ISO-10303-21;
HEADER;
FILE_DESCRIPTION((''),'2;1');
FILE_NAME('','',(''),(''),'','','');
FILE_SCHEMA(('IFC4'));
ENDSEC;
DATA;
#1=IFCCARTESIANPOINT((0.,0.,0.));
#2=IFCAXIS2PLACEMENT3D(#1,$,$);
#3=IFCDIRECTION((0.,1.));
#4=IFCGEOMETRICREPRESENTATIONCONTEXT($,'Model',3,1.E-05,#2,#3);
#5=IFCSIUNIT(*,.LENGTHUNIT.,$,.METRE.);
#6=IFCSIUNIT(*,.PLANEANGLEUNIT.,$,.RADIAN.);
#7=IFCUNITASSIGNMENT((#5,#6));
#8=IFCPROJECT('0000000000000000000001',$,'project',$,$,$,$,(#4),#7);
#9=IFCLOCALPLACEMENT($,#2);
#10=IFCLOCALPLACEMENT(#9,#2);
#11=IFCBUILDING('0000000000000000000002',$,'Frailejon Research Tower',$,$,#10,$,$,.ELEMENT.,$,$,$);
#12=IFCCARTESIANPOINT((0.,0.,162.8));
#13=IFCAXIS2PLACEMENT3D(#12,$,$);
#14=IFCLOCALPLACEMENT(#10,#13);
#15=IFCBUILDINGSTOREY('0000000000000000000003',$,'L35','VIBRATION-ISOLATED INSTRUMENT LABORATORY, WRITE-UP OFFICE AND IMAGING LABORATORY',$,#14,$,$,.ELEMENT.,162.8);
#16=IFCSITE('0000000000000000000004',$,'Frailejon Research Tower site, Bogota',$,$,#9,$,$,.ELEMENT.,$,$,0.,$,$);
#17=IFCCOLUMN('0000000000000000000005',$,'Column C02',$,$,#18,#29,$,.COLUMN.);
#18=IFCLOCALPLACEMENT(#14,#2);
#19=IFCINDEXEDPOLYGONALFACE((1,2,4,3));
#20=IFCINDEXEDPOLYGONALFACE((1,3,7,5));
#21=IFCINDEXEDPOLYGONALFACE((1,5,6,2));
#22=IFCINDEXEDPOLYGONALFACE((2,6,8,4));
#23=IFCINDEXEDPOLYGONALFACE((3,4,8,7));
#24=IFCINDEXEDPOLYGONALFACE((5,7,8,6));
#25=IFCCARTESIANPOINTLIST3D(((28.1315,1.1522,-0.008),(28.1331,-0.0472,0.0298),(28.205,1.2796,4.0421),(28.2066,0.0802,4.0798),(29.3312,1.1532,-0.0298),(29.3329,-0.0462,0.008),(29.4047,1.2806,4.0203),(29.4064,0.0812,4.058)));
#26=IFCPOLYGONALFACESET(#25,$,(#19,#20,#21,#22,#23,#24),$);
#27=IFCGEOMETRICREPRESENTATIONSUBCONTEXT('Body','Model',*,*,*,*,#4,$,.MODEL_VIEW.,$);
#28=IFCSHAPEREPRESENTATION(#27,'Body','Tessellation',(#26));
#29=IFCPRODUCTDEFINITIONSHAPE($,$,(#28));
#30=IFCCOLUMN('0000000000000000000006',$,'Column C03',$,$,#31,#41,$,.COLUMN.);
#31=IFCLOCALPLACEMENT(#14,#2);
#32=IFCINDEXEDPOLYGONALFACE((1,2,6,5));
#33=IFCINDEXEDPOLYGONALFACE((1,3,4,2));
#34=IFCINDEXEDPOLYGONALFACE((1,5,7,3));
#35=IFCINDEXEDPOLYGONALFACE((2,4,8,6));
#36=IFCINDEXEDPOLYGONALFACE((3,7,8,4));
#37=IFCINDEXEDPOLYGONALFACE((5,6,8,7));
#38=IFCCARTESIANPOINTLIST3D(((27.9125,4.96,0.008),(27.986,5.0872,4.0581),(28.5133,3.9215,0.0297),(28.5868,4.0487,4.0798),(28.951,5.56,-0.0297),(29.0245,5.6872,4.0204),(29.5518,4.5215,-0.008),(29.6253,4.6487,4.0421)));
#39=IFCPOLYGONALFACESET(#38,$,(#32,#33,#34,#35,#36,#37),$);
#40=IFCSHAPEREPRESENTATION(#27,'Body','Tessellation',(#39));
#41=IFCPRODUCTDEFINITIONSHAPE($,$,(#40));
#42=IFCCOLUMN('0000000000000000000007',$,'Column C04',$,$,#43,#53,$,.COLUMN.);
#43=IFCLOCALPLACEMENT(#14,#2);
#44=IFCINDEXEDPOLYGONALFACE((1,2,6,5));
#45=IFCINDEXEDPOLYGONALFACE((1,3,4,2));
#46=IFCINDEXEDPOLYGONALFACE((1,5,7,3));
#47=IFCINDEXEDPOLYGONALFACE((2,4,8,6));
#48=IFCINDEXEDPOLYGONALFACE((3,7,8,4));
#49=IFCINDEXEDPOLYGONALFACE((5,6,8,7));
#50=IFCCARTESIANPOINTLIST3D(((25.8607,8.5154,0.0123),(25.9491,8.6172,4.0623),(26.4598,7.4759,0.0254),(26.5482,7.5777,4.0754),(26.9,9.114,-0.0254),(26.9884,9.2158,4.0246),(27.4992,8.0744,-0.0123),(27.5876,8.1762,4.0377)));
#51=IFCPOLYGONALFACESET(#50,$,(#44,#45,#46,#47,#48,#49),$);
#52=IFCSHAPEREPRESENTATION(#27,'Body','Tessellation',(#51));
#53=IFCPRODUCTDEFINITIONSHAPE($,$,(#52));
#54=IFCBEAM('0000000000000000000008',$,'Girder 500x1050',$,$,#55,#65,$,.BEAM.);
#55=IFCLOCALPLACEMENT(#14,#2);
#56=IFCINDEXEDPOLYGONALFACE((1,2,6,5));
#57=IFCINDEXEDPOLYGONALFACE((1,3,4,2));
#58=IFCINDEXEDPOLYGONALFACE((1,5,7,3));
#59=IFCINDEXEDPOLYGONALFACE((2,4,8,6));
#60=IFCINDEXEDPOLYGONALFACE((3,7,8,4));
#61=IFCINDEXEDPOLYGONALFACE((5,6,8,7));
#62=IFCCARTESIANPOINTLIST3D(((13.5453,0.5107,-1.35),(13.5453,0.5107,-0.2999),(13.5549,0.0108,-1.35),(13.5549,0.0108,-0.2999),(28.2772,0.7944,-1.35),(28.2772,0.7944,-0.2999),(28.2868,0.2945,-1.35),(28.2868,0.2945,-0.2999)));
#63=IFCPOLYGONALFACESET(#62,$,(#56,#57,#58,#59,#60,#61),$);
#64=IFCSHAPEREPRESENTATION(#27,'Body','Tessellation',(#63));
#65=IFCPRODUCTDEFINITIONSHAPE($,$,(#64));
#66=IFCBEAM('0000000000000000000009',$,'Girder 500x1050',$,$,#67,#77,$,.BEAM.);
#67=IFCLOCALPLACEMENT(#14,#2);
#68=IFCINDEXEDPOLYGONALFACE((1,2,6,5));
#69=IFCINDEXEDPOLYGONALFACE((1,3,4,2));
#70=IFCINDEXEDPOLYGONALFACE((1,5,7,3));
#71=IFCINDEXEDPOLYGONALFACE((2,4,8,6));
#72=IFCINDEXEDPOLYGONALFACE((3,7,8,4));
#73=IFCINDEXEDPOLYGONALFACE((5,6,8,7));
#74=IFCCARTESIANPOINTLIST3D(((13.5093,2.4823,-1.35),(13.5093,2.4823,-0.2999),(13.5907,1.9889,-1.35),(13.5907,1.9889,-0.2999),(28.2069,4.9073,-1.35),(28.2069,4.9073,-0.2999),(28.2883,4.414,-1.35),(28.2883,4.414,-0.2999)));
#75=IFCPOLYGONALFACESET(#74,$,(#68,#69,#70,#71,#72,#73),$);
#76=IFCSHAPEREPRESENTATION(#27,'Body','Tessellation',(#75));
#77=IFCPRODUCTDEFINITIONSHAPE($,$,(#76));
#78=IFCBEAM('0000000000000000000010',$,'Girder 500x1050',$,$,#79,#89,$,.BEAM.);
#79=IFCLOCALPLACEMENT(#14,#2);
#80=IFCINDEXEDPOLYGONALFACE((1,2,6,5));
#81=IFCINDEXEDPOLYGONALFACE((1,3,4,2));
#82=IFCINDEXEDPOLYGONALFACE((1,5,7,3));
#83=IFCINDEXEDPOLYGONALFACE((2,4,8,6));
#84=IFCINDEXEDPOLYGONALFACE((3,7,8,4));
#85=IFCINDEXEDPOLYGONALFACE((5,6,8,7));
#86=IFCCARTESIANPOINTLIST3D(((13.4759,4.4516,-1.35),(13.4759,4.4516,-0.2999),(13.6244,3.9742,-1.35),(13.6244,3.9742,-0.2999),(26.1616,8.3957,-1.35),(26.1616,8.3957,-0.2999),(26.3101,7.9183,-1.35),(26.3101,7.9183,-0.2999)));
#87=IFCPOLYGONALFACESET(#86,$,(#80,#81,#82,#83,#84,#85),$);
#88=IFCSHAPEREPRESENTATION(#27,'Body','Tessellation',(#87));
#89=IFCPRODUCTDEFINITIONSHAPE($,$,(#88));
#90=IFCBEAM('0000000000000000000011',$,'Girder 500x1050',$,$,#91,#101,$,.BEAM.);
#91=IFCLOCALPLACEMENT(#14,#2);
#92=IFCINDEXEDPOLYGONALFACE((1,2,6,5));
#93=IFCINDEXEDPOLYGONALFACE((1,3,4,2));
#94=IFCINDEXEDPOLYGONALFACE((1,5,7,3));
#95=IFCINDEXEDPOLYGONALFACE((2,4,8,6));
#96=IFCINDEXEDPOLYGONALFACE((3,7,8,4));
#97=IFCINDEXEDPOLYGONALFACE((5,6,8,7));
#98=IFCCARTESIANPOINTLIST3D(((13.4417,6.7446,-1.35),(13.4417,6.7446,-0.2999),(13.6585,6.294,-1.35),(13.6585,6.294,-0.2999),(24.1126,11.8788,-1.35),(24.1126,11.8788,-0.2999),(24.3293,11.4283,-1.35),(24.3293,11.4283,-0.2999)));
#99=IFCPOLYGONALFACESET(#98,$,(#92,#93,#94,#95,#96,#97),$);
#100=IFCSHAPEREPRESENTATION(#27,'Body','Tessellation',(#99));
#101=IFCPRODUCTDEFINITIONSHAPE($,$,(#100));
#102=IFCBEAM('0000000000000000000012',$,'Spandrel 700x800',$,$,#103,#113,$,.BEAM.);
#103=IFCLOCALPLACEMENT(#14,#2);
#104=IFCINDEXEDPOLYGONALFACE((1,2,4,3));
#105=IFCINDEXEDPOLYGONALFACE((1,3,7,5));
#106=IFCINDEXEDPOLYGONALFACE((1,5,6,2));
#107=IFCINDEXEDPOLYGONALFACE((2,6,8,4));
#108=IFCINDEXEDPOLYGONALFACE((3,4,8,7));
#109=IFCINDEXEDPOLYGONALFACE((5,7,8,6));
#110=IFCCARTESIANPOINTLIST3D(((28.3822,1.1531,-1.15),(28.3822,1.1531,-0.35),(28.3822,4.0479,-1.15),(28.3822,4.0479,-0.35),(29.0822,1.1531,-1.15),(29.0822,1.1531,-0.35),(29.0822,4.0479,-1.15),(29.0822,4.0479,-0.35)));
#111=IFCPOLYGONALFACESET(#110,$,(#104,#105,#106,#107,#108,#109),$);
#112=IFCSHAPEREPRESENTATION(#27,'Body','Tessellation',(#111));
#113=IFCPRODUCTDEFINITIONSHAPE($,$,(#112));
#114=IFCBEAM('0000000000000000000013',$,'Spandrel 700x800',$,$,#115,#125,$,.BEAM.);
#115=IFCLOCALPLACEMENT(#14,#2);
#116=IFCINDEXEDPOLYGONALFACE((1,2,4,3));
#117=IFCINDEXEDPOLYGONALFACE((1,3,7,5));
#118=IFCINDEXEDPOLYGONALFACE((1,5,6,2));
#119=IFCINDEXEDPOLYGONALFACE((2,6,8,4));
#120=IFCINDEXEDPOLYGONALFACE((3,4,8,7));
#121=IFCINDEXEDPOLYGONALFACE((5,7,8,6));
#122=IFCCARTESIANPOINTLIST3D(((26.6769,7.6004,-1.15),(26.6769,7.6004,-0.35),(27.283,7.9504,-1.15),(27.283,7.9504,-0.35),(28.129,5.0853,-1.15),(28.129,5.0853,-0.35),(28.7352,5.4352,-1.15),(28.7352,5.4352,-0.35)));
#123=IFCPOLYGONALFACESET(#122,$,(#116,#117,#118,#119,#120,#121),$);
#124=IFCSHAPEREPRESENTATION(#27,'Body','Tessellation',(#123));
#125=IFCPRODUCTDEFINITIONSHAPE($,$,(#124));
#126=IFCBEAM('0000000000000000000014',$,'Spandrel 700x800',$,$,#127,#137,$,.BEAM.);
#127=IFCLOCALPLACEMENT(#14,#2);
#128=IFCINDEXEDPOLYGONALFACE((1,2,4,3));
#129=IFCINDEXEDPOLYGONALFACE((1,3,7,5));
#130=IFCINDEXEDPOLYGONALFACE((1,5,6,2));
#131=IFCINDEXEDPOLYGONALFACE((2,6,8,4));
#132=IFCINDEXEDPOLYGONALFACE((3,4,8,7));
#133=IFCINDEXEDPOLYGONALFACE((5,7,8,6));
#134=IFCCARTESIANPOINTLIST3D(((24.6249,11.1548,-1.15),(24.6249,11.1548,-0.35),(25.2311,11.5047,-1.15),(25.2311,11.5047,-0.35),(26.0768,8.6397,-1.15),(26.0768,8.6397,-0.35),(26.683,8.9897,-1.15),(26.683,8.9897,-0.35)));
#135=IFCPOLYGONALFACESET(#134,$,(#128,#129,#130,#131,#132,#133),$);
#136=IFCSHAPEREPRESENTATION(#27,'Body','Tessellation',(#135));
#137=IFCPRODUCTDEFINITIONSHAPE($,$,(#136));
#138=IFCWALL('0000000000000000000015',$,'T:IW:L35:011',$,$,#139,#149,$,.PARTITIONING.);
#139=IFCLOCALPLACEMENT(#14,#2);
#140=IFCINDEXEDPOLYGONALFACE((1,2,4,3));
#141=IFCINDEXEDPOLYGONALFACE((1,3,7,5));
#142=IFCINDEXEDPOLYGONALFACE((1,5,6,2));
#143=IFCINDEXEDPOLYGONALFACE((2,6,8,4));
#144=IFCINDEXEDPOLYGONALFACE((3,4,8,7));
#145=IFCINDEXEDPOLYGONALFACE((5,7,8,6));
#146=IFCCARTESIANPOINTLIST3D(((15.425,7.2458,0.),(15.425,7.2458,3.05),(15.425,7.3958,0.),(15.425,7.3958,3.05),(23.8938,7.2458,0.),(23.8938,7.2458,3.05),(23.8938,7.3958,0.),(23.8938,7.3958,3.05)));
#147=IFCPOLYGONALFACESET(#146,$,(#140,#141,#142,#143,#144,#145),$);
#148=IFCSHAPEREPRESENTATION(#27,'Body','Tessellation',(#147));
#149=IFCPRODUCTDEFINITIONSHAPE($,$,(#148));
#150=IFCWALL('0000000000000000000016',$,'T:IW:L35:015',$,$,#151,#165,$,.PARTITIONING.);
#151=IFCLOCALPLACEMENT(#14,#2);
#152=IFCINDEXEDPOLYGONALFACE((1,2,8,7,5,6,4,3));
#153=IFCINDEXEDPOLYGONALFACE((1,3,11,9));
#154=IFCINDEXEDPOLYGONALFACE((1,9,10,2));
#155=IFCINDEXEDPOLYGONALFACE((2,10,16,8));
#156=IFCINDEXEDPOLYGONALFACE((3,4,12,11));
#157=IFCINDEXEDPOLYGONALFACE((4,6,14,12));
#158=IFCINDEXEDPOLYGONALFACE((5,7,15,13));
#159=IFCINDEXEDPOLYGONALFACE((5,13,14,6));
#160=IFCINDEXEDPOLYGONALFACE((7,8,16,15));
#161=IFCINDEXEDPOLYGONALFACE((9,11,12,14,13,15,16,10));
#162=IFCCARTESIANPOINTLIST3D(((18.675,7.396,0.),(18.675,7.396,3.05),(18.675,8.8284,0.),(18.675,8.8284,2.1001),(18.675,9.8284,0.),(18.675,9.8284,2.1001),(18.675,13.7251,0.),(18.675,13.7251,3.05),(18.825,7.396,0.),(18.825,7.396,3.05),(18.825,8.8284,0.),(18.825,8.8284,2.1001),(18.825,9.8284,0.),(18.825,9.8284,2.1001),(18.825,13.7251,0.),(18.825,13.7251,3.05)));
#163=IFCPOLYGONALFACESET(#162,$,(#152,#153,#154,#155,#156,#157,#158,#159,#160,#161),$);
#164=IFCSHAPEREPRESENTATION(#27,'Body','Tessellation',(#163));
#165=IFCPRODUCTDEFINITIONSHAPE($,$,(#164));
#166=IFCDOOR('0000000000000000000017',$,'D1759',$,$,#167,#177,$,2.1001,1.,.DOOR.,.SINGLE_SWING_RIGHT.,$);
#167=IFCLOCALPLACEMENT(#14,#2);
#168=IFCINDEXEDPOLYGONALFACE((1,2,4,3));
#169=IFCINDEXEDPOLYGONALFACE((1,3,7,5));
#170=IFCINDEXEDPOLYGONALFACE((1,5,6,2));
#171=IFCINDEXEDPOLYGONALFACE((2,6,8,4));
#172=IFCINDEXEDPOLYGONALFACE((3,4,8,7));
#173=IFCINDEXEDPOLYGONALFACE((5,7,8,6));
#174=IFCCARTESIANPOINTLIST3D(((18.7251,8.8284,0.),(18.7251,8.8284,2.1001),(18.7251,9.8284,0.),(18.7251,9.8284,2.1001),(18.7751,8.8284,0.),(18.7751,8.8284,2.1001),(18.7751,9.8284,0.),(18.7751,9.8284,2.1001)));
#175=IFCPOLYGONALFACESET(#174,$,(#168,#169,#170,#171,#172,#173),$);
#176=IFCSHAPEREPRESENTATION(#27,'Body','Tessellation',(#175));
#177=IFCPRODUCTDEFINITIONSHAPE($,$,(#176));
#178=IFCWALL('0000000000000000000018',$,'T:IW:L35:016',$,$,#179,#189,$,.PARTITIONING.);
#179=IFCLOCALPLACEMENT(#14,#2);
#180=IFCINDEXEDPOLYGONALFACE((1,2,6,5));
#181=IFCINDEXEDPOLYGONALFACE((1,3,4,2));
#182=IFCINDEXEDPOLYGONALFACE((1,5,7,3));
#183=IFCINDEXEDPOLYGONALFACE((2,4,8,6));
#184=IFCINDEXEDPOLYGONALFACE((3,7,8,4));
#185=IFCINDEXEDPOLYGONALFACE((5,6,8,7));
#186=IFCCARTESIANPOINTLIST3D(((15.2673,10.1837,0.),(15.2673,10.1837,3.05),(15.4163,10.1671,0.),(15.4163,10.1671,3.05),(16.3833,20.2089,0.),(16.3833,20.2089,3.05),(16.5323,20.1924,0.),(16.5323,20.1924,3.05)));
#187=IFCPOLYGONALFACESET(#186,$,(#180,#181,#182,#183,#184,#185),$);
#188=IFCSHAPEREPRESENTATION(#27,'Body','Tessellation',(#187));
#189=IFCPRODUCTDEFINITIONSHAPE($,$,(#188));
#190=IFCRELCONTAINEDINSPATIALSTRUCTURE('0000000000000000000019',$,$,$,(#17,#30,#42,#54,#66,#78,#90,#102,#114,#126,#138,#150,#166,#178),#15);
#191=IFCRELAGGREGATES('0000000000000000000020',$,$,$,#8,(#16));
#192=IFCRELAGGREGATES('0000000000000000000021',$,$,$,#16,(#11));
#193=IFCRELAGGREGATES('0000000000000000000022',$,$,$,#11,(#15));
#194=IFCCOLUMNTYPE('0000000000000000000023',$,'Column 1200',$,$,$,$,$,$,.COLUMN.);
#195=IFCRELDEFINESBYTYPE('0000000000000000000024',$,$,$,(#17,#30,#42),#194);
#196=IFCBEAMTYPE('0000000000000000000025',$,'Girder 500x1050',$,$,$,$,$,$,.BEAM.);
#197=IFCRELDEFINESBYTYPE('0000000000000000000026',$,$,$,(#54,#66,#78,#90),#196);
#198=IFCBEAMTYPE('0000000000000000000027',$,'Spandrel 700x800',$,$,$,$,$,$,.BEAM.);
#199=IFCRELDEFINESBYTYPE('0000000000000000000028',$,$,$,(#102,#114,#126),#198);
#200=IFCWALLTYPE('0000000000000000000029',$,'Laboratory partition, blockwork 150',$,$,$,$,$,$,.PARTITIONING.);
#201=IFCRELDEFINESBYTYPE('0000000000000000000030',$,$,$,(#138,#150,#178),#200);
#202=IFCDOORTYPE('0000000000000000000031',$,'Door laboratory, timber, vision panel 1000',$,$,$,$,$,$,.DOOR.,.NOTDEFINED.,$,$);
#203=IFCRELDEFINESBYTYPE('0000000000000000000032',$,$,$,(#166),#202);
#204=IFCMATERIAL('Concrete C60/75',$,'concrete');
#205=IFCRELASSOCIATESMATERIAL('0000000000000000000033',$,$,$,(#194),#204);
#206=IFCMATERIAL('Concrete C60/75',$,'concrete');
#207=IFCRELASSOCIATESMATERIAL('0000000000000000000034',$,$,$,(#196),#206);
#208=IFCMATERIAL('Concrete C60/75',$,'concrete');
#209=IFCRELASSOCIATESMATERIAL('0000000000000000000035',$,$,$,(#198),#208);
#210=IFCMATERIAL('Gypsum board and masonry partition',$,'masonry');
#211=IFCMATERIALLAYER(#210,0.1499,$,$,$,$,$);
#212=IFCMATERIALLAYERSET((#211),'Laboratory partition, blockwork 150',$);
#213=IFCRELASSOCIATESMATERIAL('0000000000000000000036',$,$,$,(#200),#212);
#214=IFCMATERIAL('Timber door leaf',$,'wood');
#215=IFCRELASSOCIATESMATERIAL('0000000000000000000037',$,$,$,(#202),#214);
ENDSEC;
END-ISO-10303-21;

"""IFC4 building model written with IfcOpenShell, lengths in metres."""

from ifc_helpers import new_model, si_unit, direction, frame, frame_2d, origin, origin_2d, place, context, subcontext, project, spatial, rectangle, extrude, material, layer, layer_set, material_profile, profile_set, type_object, element, fill, save


model = new_model("IFC4")

# Units and contexts
model_context = context("Model", 3, precision=1e-05, world=origin(), true_north=direction((0.0, 1.0)))
body_context = subcontext(model_context, "Body", "Model", "MODEL_VIEW")
ifc_project = project(units=[si_unit("LENGTHUNIT", "METRE"), si_unit("PLANEANGLEUNIT", "RADIAN")], contexts=[model_context])

# Site, building, storey
site_placement = place(None, origin())
site = spatial("IfcSite", under=ifc_project, at=site_placement, Name="Frailejon Research Tower site, Bogota", CompositionType="ELEMENT", RefElevation=0.0)
building_placement = place(site_placement, origin())
building = spatial("IfcBuilding", under=site, at=building_placement, Name="Frailejon Research Tower", CompositionType="ELEMENT")
storey_placement = place(building_placement, frame((0.0, 0.0, 162.8)))
storey = spatial("IfcBuildingStorey", under=building, at=storey_placement, Name="L35", Description="VIBRATION-ISOLATED INSTRUMENT LABORATORY, WRITE-UP OFFICE AND IMAGING LABORATORY", CompositionType="ELEMENT", Elevation=162.8)

# Columns
ifc_material_1 = material(Name="Concrete C60/75", Category="concrete")
ifc_material_profile_1 = material_profile(ifc_material_1, rectangle(XDim=1.2, YDim=1.2, at=origin_2d()), Name="Column 1200")
ifc_profile_set_1 = profile_set([ifc_material_profile_1], Name="Concrete C60/75")
column_type = type_object("IfcColumnType", Name="Column 1200", PredefinedType="COLUMN", material=ifc_profile_set_1)
for number, where, z_axis, x_axis, name in (
    (1, (28.7322, 0.553, 0.0), (0.018133, 0.031446, 0.999341), (-0.001396, 0.999505, -0.031426), "Column C02"),
    (2, (28.7322, 4.7407, 0.0), (0.018133, 0.031386, 0.999343), (-0.500679, 0.865444, -0.018096), "Column C03"),
):
    element("IfcColumn", number, at=place(storey_placement, frame(where, z_axis=z_axis, x_axis=x_axis)), inside=storey, type_object=column_type, Name=name, PredefinedType="COLUMN", context=body_context, shape_type="SweptSolid", body=[
        extrude(rectangle(XDim=1.2, YDim=1.2, at=origin_2d()), origin(), (0.0, 0.0, 1.0), 4.0527),
    ])
column_placement = place(storey_placement, frame((26.6799, 8.2949, 0.0), z_axis=(0.02181, 0.025123, 0.999446), x_axis=(-0.499317, 0.866351, -0.010882)))
element("IfcColumn", 3, at=column_placement, inside=storey, type_object=column_type, Name="Column C04", PredefinedType="COLUMN", context=body_context, shape_type="SweptSolid", body=[
    extrude(rectangle(XDim=1.2, YDim=1.2, at=origin_2d()), origin(), (0.0, 0.0, 1.0), 4.0522),
])

# Beams
ifc_material_2 = material(Name="Concrete C60/75", Category="concrete")
ifc_material_profile_2 = material_profile(ifc_material_2, rectangle(XDim=0.5, YDim=1.05, at=origin_2d()), Name="Girder 500x1050")
ifc_profile_set_2 = profile_set([ifc_material_profile_2], Name="Concrete C60/75")
beam_type_1 = type_object("IfcBeamType", Name="Girder 500x1050", PredefinedType="BEAM", material=ifc_profile_set_2)
beam_1_placement = place(storey_placement, frame((28.282, 0.5444, -0.825), z_axis=(-0.999815, -0.019253, 0.0), x_axis=(0.019253, -0.999815, 0.0)))
element("IfcBeam", 4, at=beam_1_placement, inside=storey, type_object=beam_type_1, Name="Girder 500x1050", PredefinedType="BEAM", context=body_context, shape_type="SweptSolid", body=[
    extrude(rectangle(XDim=0.5, YDim=1.05, at=origin_2d()), origin(), (0.0, 0.0, 1.0), 14.7346),
])
beam_2_placement = place(storey_placement, frame((28.2476, 4.6606, -0.825), z_axis=(-0.98666, -0.162796, 0.0), x_axis=(0.162796, -0.98666, 0.0)))
element("IfcBeam", 5, at=beam_2_placement, inside=storey, type_object=beam_type_1, Name="Girder 500x1050", PredefinedType="BEAM", context=body_context, shape_type="SweptSolid", body=[
    extrude(rectangle(XDim=0.5, YDim=1.05, at=origin_2d()), origin(), (0.0, 0.0, 1.0), 14.8962),
])
beam_3_placement = place(storey_placement, frame((26.2358, 8.157, -0.825), z_axis=(-0.954912, -0.296888, 0.0), x_axis=(0.296888, -0.954912, 0.0)))
element("IfcBeam", 6, at=beam_3_placement, inside=storey, type_object=beam_type_1, Name="Girder 500x1050", PredefinedType="BEAM", context=body_context, shape_type="SweptSolid", body=[
    extrude(rectangle(XDim=0.5, YDim=1.05, at=origin_2d()), origin(), (0.0, 0.0, 1.0), 13.2847),
])
beam_4_placement = place(storey_placement, frame((24.2209, 11.6536, -0.825), z_axis=(-0.901119, -0.433571, 0.0), x_axis=(0.433571, -0.901119, 0.0)))
element("IfcBeam", 7, at=beam_4_placement, inside=storey, type_object=beam_type_1, Name="Girder 500x1050", PredefinedType="BEAM", context=body_context, shape_type="SweptSolid", body=[
    extrude(rectangle(XDim=0.5, YDim=1.05, at=origin_2d()), origin(), (0.0, 0.0, 1.0), 11.8418),
])
ifc_material_3 = material(Name="Concrete C60/75", Category="concrete")
ifc_material_profile_3 = material_profile(ifc_material_3, rectangle(XDim=0.7, YDim=0.8, at=origin_2d()), Name="Spandrel 700x800")
ifc_profile_set_3 = profile_set([ifc_material_profile_3], Name="Concrete C60/75")
beam_type_2 = type_object("IfcBeamType", Name="Spandrel 700x800", PredefinedType="BEAM", material=ifc_profile_set_3)
beam_5_placement = place(storey_placement, frame((28.7322, 1.1531, -0.75), z_axis=(0.0, 1.0, 0.0), x_axis=(-1.0, 0.0, 0.0)))
element("IfcBeam", 8, at=beam_5_placement, inside=storey, type_object=beam_type_2, Name="Spandrel 700x800", PredefinedType="BEAM", context=body_context, shape_type="SweptSolid", body=[
    extrude(rectangle(XDim=0.7, YDim=0.8, at=origin_2d()), origin(), (0.0, 0.0, 1.0), 2.8948),
])
beam_6_placement = place(storey_placement, frame((28.4321, 5.2603, -0.75), z_axis=(-0.500009, 0.86602, 0.0), x_axis=(-0.86602, -0.500009, 0.0)))
element("IfcBeam", 9, at=beam_6_placement, inside=storey, type_object=beam_type_2, Name="Spandrel 700x800", PredefinedType="BEAM", context=body_context, shape_type="SweptSolid", body=[
    extrude(rectangle(XDim=0.7, YDim=0.8, at=origin_2d()), origin(), (0.0, 0.0, 1.0), 2.9043),
])
beam_7_placement = place(storey_placement, frame((26.3799, 8.8147, -0.75), z_axis=(-0.499946, 0.866057, 0.0), x_axis=(-0.866057, -0.499946, 0.0)))
element("IfcBeam", 10, at=beam_7_placement, inside=storey, type_object=beam_type_2, Name="Spandrel 700x800", PredefinedType="BEAM", context=body_context, shape_type="SweptSolid", body=[
    extrude(rectangle(XDim=0.7, YDim=0.8, at=origin_2d()), origin(), (0.0, 0.0, 1.0), 2.9041),
])

# Wall
ifc_material_4 = material(Name="Gypsum board and masonry partition", Category="masonry")
ifc_layer_1 = layer(ifc_material_4, 0.1499)
ifc_layer_set_1 = layer_set([ifc_layer_1], Name="Laboratory partition, blockwork 150")
wall_type_1 = type_object("IfcWallType", Name="Laboratory partition, blockwork 150", PredefinedType="PARTITIONING", material=ifc_layer_set_1)
wall_1_placement = place(storey_placement, frame((15.425, 7.3208, 0.0), z_axis=(0.0, 0.0, 1.0), x_axis=(1.0, 0.0, 0.0)))
element("IfcWall", 11, at=wall_1_placement, inside=storey, type_object=wall_type_1, Name="T:IW:L35:011", PredefinedType="PARTITIONING", context=body_context, shape_type="SweptSolid", body=[
    extrude(rectangle(XDim=8.4688, YDim=0.1499, at=frame_2d((4.2344, 0.0))), origin(), (0.0, 0.0, 1.0), 3.05),
])

# Wall, opening, door
wall_2_placement = place(storey_placement, frame((18.75, 7.396, 0.0), z_axis=(0.0, 0.0, 1.0), x_axis=(0.0, 1.0, 0.0)))
wall_2 = element("IfcWall", 12, at=wall_2_placement, inside=storey, type_object=wall_type_1, Name="T:IW:L35:015", PredefinedType="PARTITIONING", context=body_context, shape_type="SweptSolid", body=[
    extrude(rectangle(XDim=6.3291, YDim=0.1499, at=frame_2d((3.1646, 0.0))), origin(), (0.0, 0.0, 1.0), 3.05),
])
opening_1_placement = place(wall_2_placement, frame((1.4324, 0.0, 0.0)))
opening_1 = element("IfcOpeningElement", 13, at=opening_1_placement, cuts=wall_2, PredefinedType="OPENING", context=body_context, shape_type="SweptSolid", body=[
    extrude(rectangle(XDim=1.0, YDim=2.1001, at=frame_2d((0.5, 1.05))), frame((0.0, 0.085, 0.0), z_axis=(0.0, -1.0, 0.0), x_axis=(1.0, 0.0, 0.0)), (0.0, 0.0, 1.0), 0.1699),
])
ifc_material_5 = material(Name="Timber door leaf", Category="wood")
door_type_1 = type_object("IfcDoorType", Name="Door laboratory, timber, vision panel 1000", OperationType="NOTDEFINED", PredefinedType="DOOR", material=ifc_material_5)
door_1_placement = place(opening_1_placement, origin())
door_1 = element("IfcDoor", 14, at=door_1_placement, inside=storey, type_object=door_type_1, Name="D1759", OperationType="SINGLE_SWING_RIGHT", OverallHeight=2.1001, OverallWidth=1.0, PredefinedType="DOOR", context=body_context, shape_type="SweptSolid", body=[
    extrude(rectangle(XDim=1.0, YDim=2.1001, at=frame_2d((0.5, 1.05))), frame((0.0, 0.0249, 0.0), z_axis=(0.0, -1.0, 0.0), x_axis=(1.0, 0.0, 0.0)), (0.0, 0.0, 1.0), 0.05),
])
fill(opening_1, door_1)

# Wall
wall_3_placement = place(storey_placement, frame((15.3418, 10.1755, 0.0), z_axis=(0.0, 0.0, 1.0), x_axis=(0.110633, 0.993861, 0.0)))
element("IfcWall", 15, at=wall_3_placement, inside=storey, type_object=wall_type_1, Name="T:IW:L35:016", PredefinedType="PARTITIONING", context=body_context, shape_type="SweptSolid", body=[
    extrude(rectangle(XDim=10.0872, YDim=0.1499, at=frame_2d((5.0435, 0.0))), origin(), (0.0, 0.0, 1.0), 3.05),
])

save(model, "model.ifc")
